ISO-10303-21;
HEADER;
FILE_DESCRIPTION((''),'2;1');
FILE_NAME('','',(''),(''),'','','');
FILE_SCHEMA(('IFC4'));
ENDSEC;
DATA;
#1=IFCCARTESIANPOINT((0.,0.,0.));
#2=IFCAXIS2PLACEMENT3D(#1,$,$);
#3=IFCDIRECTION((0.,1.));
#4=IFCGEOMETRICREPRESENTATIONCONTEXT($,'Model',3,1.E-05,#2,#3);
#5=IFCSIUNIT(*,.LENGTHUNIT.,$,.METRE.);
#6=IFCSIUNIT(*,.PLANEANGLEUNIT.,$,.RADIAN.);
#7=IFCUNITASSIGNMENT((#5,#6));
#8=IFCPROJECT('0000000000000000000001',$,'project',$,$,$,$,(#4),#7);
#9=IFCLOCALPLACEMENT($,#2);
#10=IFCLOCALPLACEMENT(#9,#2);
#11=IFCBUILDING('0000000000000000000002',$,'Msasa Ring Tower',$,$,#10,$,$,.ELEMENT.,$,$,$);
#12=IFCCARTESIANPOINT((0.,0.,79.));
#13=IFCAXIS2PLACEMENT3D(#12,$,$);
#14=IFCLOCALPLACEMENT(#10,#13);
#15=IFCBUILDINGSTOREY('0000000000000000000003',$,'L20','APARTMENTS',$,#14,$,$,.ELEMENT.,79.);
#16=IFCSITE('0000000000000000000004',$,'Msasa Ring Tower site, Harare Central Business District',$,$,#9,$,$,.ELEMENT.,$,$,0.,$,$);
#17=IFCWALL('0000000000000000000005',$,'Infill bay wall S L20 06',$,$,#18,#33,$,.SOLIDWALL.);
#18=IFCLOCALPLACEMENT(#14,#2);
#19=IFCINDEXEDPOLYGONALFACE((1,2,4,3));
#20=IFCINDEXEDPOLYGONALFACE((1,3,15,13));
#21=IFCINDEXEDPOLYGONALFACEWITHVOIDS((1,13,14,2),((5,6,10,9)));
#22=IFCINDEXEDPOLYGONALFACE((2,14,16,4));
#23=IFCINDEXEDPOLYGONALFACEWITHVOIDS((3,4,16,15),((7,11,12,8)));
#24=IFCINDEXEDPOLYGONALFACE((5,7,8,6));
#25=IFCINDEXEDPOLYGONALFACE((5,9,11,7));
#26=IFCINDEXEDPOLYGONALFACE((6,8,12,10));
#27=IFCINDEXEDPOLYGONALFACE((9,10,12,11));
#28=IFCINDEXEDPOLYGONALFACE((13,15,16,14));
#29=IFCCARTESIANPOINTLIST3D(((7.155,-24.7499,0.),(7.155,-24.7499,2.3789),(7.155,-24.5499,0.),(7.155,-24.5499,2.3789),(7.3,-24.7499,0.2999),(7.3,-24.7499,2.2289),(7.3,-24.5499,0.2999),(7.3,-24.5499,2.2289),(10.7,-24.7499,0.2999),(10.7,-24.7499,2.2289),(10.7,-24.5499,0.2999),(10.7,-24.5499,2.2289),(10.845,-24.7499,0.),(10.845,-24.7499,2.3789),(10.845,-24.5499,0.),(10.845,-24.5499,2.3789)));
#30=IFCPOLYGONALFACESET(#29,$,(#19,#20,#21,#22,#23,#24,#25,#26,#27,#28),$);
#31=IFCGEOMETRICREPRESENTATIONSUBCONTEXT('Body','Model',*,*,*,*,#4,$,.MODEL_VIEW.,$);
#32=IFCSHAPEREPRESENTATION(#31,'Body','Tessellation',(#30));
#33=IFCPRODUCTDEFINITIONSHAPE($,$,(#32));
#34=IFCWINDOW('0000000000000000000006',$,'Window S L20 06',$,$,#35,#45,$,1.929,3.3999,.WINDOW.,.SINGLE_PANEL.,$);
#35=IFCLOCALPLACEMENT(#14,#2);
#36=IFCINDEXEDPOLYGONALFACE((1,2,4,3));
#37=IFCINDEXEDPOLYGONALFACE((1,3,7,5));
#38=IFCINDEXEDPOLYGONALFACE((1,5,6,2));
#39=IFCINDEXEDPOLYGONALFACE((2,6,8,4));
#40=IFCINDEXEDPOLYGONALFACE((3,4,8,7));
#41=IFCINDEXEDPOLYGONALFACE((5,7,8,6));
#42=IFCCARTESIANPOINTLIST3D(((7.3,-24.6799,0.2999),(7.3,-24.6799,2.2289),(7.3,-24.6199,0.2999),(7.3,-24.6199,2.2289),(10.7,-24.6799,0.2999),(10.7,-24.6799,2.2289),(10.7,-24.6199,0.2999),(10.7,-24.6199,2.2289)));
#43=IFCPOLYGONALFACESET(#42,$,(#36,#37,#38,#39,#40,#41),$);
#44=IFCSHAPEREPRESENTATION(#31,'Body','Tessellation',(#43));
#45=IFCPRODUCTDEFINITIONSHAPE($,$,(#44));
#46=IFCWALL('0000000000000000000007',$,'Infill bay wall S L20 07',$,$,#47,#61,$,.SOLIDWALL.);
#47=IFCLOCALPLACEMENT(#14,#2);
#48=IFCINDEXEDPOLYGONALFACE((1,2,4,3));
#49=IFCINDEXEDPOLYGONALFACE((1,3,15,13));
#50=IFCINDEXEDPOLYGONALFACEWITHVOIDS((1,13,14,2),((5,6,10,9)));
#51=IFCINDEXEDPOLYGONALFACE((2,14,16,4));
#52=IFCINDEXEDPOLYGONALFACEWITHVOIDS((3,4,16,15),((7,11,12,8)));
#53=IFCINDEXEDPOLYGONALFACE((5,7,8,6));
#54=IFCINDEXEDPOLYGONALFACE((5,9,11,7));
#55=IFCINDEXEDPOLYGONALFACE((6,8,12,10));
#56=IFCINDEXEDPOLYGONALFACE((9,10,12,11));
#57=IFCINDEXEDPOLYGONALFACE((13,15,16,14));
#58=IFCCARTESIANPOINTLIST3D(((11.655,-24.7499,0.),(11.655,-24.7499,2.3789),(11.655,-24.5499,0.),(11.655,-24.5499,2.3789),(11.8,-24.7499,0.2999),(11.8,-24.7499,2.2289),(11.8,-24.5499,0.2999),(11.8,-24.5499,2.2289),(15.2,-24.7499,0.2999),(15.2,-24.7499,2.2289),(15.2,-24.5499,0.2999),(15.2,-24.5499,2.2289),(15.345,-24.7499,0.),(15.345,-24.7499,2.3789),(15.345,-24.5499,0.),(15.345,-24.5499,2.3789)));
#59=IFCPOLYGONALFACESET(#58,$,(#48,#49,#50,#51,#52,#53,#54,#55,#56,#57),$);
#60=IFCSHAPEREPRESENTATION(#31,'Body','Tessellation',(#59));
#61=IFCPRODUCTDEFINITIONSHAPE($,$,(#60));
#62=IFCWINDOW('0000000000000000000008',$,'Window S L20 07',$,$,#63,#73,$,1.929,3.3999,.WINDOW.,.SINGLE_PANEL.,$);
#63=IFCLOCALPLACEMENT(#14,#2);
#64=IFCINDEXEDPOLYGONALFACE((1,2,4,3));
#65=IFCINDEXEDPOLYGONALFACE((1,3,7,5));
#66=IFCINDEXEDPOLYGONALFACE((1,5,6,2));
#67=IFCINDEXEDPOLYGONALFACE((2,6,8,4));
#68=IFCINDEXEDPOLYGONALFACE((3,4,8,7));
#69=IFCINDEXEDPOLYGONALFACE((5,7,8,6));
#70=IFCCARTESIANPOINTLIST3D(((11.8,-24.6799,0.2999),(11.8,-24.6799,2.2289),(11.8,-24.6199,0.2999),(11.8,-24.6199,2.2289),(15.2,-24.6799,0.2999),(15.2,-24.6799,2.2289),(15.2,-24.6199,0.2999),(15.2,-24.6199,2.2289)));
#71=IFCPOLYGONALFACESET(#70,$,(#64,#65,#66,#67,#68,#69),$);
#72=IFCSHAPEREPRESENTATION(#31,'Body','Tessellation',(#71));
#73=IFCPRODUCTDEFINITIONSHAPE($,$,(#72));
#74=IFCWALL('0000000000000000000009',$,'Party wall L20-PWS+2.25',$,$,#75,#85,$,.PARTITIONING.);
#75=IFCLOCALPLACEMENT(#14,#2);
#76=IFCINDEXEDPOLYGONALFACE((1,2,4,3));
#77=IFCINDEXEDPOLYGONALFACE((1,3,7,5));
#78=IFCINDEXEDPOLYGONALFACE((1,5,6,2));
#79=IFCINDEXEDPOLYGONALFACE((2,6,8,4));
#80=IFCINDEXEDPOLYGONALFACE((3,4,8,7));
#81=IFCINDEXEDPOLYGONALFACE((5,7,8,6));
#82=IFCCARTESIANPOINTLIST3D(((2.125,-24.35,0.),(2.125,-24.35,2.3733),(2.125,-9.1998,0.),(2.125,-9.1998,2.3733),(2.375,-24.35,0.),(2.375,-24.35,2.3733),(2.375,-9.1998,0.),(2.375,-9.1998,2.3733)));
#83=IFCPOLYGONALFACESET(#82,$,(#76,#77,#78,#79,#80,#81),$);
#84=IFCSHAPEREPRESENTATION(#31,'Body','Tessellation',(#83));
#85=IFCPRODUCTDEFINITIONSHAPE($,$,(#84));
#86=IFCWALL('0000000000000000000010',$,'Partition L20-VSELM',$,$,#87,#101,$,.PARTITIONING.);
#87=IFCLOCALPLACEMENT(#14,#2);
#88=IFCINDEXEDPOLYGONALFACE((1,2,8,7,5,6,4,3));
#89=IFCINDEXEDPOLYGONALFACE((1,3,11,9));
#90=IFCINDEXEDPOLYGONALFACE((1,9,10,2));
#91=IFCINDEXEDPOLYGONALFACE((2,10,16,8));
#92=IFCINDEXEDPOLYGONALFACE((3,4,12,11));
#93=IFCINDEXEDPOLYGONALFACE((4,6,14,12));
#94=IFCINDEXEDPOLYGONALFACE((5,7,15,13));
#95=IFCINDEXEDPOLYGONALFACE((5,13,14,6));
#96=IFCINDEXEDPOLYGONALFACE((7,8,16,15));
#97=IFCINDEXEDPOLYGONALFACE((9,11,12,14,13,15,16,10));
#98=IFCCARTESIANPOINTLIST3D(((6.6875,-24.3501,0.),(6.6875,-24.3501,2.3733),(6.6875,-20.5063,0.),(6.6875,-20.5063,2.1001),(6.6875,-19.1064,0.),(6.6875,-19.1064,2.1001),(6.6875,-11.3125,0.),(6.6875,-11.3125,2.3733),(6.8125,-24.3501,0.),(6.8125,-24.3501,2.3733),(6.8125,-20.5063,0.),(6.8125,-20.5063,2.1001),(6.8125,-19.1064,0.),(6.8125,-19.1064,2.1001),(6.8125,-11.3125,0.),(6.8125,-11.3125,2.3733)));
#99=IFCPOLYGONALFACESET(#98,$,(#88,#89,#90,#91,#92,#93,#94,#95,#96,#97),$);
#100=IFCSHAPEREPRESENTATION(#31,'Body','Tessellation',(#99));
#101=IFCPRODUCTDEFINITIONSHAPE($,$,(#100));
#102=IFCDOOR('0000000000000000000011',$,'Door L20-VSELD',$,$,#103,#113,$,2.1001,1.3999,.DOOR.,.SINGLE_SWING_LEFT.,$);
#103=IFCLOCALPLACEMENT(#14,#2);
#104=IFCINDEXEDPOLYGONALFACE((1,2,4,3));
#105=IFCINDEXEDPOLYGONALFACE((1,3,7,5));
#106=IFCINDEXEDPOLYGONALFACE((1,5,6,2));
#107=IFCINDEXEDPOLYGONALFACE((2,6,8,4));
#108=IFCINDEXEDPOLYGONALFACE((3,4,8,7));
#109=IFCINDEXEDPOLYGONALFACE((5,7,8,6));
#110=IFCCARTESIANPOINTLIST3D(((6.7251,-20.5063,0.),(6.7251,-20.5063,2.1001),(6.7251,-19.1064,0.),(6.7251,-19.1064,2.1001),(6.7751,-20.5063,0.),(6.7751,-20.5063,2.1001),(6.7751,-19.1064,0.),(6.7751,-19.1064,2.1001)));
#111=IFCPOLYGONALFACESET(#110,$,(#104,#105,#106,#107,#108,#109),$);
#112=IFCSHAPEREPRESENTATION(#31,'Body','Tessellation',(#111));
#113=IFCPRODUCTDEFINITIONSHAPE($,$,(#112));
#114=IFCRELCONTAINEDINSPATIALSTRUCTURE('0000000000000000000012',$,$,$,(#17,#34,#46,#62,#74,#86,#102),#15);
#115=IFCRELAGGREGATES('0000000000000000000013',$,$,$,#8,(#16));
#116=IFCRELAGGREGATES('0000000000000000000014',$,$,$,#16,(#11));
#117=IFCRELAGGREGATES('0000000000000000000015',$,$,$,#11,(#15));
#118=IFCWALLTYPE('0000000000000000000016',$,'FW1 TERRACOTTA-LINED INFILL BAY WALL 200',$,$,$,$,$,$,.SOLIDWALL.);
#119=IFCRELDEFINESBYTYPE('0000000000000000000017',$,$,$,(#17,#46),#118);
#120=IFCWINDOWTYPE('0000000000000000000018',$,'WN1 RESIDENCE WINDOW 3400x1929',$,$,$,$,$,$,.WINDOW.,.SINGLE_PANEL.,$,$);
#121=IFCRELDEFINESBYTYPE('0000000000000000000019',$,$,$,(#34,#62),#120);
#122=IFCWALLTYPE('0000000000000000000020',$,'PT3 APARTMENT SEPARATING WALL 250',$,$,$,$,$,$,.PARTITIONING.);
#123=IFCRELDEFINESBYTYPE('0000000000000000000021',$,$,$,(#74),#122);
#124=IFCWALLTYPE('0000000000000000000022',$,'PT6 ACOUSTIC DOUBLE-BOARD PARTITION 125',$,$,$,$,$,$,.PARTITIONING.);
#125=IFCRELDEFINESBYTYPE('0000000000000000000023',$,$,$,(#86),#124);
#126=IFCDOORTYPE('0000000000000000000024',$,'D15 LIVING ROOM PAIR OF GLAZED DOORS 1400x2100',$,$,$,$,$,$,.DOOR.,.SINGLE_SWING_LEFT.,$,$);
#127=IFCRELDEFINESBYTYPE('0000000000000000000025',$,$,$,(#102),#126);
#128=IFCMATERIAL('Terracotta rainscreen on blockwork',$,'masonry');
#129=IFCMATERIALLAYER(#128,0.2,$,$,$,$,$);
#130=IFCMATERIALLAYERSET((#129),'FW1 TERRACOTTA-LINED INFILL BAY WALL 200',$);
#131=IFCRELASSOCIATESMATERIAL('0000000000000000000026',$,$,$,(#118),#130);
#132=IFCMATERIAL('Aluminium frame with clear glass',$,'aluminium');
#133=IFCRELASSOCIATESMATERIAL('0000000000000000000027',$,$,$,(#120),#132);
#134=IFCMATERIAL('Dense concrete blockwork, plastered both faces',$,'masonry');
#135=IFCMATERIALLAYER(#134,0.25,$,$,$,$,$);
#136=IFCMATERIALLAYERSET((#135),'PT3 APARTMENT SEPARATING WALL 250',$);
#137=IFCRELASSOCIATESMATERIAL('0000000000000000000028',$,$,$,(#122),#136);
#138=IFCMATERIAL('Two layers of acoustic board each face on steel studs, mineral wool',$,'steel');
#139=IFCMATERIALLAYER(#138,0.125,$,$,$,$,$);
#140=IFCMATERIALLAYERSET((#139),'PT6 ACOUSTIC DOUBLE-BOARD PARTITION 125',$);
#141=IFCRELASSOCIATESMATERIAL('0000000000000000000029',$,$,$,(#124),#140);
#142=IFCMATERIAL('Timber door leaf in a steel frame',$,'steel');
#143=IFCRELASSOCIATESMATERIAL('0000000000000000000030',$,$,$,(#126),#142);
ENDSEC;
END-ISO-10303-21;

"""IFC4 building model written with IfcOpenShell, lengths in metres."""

from ifc_helpers import new_model, si_unit, direction, frame, frame_2d, origin, place, context, subcontext, project, spatial, rectangle, extrude, material, layer, layer_set, type_object, element, fill, save


model = new_model("IFC4")

# Units and contexts
model_context = context("Model", 3, precision=1e-05, world=origin(), true_north=direction((0.0, 1.0)))
body_context = subcontext(model_context, "Body", "Model", "MODEL_VIEW")
ifc_project = project(units=[si_unit("LENGTHUNIT", "METRE"), si_unit("PLANEANGLEUNIT", "RADIAN")], contexts=[model_context])

# Site, building, storey
site_placement = place(None, origin())
site = spatial("IfcSite", under=ifc_project, at=site_placement, Name="Msasa Ring Tower site, Harare Central Business District", CompositionType="ELEMENT", RefElevation=0.0)
building_placement = place(site_placement, origin())
building = spatial("IfcBuilding", under=site, at=building_placement, Name="Msasa Ring Tower", CompositionType="ELEMENT")
storey_placement = place(building_placement, frame((0.0, 0.0, 79.0)))
storey = spatial("IfcBuildingStorey", under=building, at=storey_placement, Name="L20", Description="APARTMENTS", CompositionType="ELEMENT", Elevation=79.0)

# Walls, openings, windows
ifc_material_1 = material(Name="Terracotta rainscreen on blockwork", Category="masonry")
ifc_layer_1 = layer(ifc_material_1, 0.2)
ifc_layer_set_1 = layer_set([ifc_layer_1], Name="FW1 TERRACOTTA-LINED INFILL BAY WALL 200")
wall_type_1 = type_object("IfcWallType", Name="FW1 TERRACOTTA-LINED INFILL BAY WALL 200", PredefinedType="SOLIDWALL", material=ifc_layer_set_1)
ifc_material_2 = material(Name="Aluminium frame with clear glass", Category="aluminium")
window_type = type_object("IfcWindowType", Name="WN1 RESIDENCE WINDOW 3400x1929", PartitioningType="SINGLE_PANEL", PredefinedType="WINDOW", material=ifc_material_2)
wall_1_placement = place(storey_placement, frame((7.155, -24.6499, 0.0), z_axis=(0.0, 0.0, 1.0), x_axis=(1.0, 0.0, 0.0)))
wall_1 = element("IfcWall", 1, at=wall_1_placement, inside=storey, type_object=wall_type_1, Name="Infill bay wall S L20 06", PredefinedType="SOLIDWALL", context=body_context, shape_type="SweptSolid", body=[
    extrude(rectangle(XDim=3.6899, YDim=0.2, at=frame_2d((1.845, 0.0))), origin(), (0.0, 0.0, 1.0), 2.3789),
])
opening_1_placement = place(wall_1_placement, frame((0.145, 0.0, 0.3)))
opening_1 = element("IfcOpeningElement", 2, at=opening_1_placement, cuts=wall_1, PredefinedType="OPENING", context=body_context, shape_type="SweptSolid", body=[
    extrude(rectangle(XDim=3.3999, YDim=1.929, at=frame_2d((1.7, 0.9644))), frame((0.0, 0.1099, 0.0), z_axis=(0.0, -1.0, 0.0), x_axis=(1.0, 0.0, 0.0)), (0.0, 0.0, 1.0), 0.22),
])
window_1_placement = place(opening_1_placement, origin())
window_1 = element("IfcWindow", 3, at=window_1_placement, inside=storey, type_object=window_type, Name="Window S L20 06", OverallHeight=1.929, OverallWidth=3.3999, PartitioningType="SINGLE_PANEL", PredefinedType="WINDOW", context=body_context, shape_type="SweptSolid", body=[
    extrude(rectangle(XDim=3.3999, YDim=1.929, at=frame_2d((1.7, 0.9644))), frame((0.0, 0.03, 0.0), z_axis=(0.0, -1.0, 0.0), x_axis=(1.0, 0.0, 0.0)), (0.0, 0.0, 1.0), 0.0601),
])
fill(opening_1, window_1)
wall_2_placement = place(storey_placement, frame((11.655, -24.6499, 0.0), z_axis=(0.0, 0.0, 1.0), x_axis=(1.0, 0.0, 0.0)))
wall_2 = element("IfcWall", 4, at=wall_2_placement, inside=storey, type_object=wall_type_1, Name="Infill bay wall S L20 07", PredefinedType="SOLIDWALL", context=body_context, shape_type="SweptSolid", body=[
    extrude(rectangle(XDim=3.6899, YDim=0.2, at=frame_2d((1.845, 0.0))), origin(), (0.0, 0.0, 1.0), 2.3789),
])
opening_2_placement = place(wall_2_placement, frame((0.145, 0.0, 0.3)))
opening_2 = element("IfcOpeningElement", 5, at=opening_2_placement, cuts=wall_2, PredefinedType="OPENING", context=body_context, shape_type="SweptSolid", body=[
    extrude(rectangle(XDim=3.3999, YDim=1.929, at=frame_2d((1.7, 0.9644))), frame((0.0, 0.1099, 0.0), z_axis=(0.0, -1.0, 0.0), x_axis=(1.0, 0.0, 0.0)), (0.0, 0.0, 1.0), 0.22),
])
window_2_placement = place(opening_2_placement, origin())
window_2 = element("IfcWindow", 6, at=window_2_placement, inside=storey, type_object=window_type, Name="Window S L20 07", OverallHeight=1.929, OverallWidth=3.3999, PartitioningType="SINGLE_PANEL", PredefinedType="WINDOW", context=body_context, shape_type="SweptSolid", body=[
    extrude(rectangle(XDim=3.3999, YDim=1.929, at=frame_2d((1.7, 0.9644))), frame((0.0, 0.03, 0.0), z_axis=(0.0, -1.0, 0.0), x_axis=(1.0, 0.0, 0.0)), (0.0, 0.0, 1.0), 0.0601),
])
fill(opening_2, window_2)

# Wall
ifc_material_3 = material(Name="Dense concrete blockwork, plastered both faces", Category="masonry")
ifc_layer_2 = layer(ifc_material_3, 0.25)
ifc_layer_set_2 = layer_set([ifc_layer_2], Name="PT3 APARTMENT SEPARATING WALL 250")
wall_type_2 = type_object("IfcWallType", Name="PT3 APARTMENT SEPARATING WALL 250", PredefinedType="PARTITIONING", material=ifc_layer_set_2)
wall_3_placement = place(storey_placement, frame((2.25, -24.3501, 0.0), z_axis=(0.0, 0.0, 1.0), x_axis=(0.0, 1.0, 0.0)))
element("IfcWall", 7, at=wall_3_placement, inside=storey, type_object=wall_type_2, Name="Party wall L20-PWS+2.25", PredefinedType="PARTITIONING", context=body_context, shape_type="SweptSolid", body=[
    extrude(rectangle(XDim=15.1501, YDim=0.25, at=frame_2d((7.5752, 0.0))), origin(), (0.0, 0.0, 1.0), 2.3733),
])

# Wall, opening, door
ifc_material_4 = material(Name="Two layers of acoustic board each face on steel studs, mineral wool", Category="steel")
ifc_layer_3 = layer(ifc_material_4, 0.125)
ifc_layer_set_3 = layer_set([ifc_layer_3], Name="PT6 ACOUSTIC DOUBLE-BOARD PARTITION 125")
wall_type_3 = type_object("IfcWallType", Name="PT6 ACOUSTIC DOUBLE-BOARD PARTITION 125", PredefinedType="PARTITIONING", material=ifc_layer_set_3)
wall_4_placement = place(storey_placement, frame((6.75, -24.3501, 0.0), z_axis=(0.0, 0.0, 1.0), x_axis=(0.0, 1.0, 0.0)))
wall_4 = element("IfcWall", 8, at=wall_4_placement, inside=storey, type_object=wall_type_3, Name="Partition L20-VSELM", PredefinedType="PARTITIONING", context=body_context, shape_type="SweptSolid", body=[
    extrude(rectangle(XDim=13.0376, YDim=0.125, at=frame_2d((6.5188, 0.0))), origin(), (0.0, 0.0, 1.0), 2.3733),
])
opening_3_placement = place(wall_4_placement, frame((3.8438, 0.0, 0.0)))
opening_3 = element("IfcOpeningElement", 9, at=opening_3_placement, cuts=wall_4, PredefinedType="OPENING", context=body_context, shape_type="SweptSolid", body=[
    extrude(rectangle(XDim=1.3999, YDim=2.1001, at=frame_2d((0.7, 1.05))), frame((0.0, 0.0725, 0.0), z_axis=(0.0, -1.0, 0.0), x_axis=(1.0, 0.0, 0.0)), (0.0, 0.0, 1.0), 0.145),
])
ifc_material_5 = material(Name="Timber door leaf in a steel frame", Category="steel")
door_type = type_object("IfcDoorType", Name="D15 LIVING ROOM PAIR OF GLAZED DOORS 1400x2100", OperationType="SINGLE_SWING_LEFT", PredefinedType="DOOR", material=ifc_material_5)
door_placement = place(opening_3_placement, origin())
door = element("IfcDoor", 10, at=door_placement, inside=storey, type_object=door_type, Name="Door L20-VSELD", OperationType="SINGLE_SWING_LEFT", OverallHeight=2.1001, OverallWidth=1.3999, PredefinedType="DOOR", context=body_context, shape_type="SweptSolid", body=[
    extrude(rectangle(XDim=1.3999, YDim=2.1001, at=frame_2d((0.7, 1.05))), frame((0.0, 0.0249, 0.0), z_axis=(0.0, -1.0, 0.0), x_axis=(1.0, 0.0, 0.0)), (0.0, 0.0, 1.0), 0.05),
])
fill(opening_3, door)

save(model, "model.ifc")
